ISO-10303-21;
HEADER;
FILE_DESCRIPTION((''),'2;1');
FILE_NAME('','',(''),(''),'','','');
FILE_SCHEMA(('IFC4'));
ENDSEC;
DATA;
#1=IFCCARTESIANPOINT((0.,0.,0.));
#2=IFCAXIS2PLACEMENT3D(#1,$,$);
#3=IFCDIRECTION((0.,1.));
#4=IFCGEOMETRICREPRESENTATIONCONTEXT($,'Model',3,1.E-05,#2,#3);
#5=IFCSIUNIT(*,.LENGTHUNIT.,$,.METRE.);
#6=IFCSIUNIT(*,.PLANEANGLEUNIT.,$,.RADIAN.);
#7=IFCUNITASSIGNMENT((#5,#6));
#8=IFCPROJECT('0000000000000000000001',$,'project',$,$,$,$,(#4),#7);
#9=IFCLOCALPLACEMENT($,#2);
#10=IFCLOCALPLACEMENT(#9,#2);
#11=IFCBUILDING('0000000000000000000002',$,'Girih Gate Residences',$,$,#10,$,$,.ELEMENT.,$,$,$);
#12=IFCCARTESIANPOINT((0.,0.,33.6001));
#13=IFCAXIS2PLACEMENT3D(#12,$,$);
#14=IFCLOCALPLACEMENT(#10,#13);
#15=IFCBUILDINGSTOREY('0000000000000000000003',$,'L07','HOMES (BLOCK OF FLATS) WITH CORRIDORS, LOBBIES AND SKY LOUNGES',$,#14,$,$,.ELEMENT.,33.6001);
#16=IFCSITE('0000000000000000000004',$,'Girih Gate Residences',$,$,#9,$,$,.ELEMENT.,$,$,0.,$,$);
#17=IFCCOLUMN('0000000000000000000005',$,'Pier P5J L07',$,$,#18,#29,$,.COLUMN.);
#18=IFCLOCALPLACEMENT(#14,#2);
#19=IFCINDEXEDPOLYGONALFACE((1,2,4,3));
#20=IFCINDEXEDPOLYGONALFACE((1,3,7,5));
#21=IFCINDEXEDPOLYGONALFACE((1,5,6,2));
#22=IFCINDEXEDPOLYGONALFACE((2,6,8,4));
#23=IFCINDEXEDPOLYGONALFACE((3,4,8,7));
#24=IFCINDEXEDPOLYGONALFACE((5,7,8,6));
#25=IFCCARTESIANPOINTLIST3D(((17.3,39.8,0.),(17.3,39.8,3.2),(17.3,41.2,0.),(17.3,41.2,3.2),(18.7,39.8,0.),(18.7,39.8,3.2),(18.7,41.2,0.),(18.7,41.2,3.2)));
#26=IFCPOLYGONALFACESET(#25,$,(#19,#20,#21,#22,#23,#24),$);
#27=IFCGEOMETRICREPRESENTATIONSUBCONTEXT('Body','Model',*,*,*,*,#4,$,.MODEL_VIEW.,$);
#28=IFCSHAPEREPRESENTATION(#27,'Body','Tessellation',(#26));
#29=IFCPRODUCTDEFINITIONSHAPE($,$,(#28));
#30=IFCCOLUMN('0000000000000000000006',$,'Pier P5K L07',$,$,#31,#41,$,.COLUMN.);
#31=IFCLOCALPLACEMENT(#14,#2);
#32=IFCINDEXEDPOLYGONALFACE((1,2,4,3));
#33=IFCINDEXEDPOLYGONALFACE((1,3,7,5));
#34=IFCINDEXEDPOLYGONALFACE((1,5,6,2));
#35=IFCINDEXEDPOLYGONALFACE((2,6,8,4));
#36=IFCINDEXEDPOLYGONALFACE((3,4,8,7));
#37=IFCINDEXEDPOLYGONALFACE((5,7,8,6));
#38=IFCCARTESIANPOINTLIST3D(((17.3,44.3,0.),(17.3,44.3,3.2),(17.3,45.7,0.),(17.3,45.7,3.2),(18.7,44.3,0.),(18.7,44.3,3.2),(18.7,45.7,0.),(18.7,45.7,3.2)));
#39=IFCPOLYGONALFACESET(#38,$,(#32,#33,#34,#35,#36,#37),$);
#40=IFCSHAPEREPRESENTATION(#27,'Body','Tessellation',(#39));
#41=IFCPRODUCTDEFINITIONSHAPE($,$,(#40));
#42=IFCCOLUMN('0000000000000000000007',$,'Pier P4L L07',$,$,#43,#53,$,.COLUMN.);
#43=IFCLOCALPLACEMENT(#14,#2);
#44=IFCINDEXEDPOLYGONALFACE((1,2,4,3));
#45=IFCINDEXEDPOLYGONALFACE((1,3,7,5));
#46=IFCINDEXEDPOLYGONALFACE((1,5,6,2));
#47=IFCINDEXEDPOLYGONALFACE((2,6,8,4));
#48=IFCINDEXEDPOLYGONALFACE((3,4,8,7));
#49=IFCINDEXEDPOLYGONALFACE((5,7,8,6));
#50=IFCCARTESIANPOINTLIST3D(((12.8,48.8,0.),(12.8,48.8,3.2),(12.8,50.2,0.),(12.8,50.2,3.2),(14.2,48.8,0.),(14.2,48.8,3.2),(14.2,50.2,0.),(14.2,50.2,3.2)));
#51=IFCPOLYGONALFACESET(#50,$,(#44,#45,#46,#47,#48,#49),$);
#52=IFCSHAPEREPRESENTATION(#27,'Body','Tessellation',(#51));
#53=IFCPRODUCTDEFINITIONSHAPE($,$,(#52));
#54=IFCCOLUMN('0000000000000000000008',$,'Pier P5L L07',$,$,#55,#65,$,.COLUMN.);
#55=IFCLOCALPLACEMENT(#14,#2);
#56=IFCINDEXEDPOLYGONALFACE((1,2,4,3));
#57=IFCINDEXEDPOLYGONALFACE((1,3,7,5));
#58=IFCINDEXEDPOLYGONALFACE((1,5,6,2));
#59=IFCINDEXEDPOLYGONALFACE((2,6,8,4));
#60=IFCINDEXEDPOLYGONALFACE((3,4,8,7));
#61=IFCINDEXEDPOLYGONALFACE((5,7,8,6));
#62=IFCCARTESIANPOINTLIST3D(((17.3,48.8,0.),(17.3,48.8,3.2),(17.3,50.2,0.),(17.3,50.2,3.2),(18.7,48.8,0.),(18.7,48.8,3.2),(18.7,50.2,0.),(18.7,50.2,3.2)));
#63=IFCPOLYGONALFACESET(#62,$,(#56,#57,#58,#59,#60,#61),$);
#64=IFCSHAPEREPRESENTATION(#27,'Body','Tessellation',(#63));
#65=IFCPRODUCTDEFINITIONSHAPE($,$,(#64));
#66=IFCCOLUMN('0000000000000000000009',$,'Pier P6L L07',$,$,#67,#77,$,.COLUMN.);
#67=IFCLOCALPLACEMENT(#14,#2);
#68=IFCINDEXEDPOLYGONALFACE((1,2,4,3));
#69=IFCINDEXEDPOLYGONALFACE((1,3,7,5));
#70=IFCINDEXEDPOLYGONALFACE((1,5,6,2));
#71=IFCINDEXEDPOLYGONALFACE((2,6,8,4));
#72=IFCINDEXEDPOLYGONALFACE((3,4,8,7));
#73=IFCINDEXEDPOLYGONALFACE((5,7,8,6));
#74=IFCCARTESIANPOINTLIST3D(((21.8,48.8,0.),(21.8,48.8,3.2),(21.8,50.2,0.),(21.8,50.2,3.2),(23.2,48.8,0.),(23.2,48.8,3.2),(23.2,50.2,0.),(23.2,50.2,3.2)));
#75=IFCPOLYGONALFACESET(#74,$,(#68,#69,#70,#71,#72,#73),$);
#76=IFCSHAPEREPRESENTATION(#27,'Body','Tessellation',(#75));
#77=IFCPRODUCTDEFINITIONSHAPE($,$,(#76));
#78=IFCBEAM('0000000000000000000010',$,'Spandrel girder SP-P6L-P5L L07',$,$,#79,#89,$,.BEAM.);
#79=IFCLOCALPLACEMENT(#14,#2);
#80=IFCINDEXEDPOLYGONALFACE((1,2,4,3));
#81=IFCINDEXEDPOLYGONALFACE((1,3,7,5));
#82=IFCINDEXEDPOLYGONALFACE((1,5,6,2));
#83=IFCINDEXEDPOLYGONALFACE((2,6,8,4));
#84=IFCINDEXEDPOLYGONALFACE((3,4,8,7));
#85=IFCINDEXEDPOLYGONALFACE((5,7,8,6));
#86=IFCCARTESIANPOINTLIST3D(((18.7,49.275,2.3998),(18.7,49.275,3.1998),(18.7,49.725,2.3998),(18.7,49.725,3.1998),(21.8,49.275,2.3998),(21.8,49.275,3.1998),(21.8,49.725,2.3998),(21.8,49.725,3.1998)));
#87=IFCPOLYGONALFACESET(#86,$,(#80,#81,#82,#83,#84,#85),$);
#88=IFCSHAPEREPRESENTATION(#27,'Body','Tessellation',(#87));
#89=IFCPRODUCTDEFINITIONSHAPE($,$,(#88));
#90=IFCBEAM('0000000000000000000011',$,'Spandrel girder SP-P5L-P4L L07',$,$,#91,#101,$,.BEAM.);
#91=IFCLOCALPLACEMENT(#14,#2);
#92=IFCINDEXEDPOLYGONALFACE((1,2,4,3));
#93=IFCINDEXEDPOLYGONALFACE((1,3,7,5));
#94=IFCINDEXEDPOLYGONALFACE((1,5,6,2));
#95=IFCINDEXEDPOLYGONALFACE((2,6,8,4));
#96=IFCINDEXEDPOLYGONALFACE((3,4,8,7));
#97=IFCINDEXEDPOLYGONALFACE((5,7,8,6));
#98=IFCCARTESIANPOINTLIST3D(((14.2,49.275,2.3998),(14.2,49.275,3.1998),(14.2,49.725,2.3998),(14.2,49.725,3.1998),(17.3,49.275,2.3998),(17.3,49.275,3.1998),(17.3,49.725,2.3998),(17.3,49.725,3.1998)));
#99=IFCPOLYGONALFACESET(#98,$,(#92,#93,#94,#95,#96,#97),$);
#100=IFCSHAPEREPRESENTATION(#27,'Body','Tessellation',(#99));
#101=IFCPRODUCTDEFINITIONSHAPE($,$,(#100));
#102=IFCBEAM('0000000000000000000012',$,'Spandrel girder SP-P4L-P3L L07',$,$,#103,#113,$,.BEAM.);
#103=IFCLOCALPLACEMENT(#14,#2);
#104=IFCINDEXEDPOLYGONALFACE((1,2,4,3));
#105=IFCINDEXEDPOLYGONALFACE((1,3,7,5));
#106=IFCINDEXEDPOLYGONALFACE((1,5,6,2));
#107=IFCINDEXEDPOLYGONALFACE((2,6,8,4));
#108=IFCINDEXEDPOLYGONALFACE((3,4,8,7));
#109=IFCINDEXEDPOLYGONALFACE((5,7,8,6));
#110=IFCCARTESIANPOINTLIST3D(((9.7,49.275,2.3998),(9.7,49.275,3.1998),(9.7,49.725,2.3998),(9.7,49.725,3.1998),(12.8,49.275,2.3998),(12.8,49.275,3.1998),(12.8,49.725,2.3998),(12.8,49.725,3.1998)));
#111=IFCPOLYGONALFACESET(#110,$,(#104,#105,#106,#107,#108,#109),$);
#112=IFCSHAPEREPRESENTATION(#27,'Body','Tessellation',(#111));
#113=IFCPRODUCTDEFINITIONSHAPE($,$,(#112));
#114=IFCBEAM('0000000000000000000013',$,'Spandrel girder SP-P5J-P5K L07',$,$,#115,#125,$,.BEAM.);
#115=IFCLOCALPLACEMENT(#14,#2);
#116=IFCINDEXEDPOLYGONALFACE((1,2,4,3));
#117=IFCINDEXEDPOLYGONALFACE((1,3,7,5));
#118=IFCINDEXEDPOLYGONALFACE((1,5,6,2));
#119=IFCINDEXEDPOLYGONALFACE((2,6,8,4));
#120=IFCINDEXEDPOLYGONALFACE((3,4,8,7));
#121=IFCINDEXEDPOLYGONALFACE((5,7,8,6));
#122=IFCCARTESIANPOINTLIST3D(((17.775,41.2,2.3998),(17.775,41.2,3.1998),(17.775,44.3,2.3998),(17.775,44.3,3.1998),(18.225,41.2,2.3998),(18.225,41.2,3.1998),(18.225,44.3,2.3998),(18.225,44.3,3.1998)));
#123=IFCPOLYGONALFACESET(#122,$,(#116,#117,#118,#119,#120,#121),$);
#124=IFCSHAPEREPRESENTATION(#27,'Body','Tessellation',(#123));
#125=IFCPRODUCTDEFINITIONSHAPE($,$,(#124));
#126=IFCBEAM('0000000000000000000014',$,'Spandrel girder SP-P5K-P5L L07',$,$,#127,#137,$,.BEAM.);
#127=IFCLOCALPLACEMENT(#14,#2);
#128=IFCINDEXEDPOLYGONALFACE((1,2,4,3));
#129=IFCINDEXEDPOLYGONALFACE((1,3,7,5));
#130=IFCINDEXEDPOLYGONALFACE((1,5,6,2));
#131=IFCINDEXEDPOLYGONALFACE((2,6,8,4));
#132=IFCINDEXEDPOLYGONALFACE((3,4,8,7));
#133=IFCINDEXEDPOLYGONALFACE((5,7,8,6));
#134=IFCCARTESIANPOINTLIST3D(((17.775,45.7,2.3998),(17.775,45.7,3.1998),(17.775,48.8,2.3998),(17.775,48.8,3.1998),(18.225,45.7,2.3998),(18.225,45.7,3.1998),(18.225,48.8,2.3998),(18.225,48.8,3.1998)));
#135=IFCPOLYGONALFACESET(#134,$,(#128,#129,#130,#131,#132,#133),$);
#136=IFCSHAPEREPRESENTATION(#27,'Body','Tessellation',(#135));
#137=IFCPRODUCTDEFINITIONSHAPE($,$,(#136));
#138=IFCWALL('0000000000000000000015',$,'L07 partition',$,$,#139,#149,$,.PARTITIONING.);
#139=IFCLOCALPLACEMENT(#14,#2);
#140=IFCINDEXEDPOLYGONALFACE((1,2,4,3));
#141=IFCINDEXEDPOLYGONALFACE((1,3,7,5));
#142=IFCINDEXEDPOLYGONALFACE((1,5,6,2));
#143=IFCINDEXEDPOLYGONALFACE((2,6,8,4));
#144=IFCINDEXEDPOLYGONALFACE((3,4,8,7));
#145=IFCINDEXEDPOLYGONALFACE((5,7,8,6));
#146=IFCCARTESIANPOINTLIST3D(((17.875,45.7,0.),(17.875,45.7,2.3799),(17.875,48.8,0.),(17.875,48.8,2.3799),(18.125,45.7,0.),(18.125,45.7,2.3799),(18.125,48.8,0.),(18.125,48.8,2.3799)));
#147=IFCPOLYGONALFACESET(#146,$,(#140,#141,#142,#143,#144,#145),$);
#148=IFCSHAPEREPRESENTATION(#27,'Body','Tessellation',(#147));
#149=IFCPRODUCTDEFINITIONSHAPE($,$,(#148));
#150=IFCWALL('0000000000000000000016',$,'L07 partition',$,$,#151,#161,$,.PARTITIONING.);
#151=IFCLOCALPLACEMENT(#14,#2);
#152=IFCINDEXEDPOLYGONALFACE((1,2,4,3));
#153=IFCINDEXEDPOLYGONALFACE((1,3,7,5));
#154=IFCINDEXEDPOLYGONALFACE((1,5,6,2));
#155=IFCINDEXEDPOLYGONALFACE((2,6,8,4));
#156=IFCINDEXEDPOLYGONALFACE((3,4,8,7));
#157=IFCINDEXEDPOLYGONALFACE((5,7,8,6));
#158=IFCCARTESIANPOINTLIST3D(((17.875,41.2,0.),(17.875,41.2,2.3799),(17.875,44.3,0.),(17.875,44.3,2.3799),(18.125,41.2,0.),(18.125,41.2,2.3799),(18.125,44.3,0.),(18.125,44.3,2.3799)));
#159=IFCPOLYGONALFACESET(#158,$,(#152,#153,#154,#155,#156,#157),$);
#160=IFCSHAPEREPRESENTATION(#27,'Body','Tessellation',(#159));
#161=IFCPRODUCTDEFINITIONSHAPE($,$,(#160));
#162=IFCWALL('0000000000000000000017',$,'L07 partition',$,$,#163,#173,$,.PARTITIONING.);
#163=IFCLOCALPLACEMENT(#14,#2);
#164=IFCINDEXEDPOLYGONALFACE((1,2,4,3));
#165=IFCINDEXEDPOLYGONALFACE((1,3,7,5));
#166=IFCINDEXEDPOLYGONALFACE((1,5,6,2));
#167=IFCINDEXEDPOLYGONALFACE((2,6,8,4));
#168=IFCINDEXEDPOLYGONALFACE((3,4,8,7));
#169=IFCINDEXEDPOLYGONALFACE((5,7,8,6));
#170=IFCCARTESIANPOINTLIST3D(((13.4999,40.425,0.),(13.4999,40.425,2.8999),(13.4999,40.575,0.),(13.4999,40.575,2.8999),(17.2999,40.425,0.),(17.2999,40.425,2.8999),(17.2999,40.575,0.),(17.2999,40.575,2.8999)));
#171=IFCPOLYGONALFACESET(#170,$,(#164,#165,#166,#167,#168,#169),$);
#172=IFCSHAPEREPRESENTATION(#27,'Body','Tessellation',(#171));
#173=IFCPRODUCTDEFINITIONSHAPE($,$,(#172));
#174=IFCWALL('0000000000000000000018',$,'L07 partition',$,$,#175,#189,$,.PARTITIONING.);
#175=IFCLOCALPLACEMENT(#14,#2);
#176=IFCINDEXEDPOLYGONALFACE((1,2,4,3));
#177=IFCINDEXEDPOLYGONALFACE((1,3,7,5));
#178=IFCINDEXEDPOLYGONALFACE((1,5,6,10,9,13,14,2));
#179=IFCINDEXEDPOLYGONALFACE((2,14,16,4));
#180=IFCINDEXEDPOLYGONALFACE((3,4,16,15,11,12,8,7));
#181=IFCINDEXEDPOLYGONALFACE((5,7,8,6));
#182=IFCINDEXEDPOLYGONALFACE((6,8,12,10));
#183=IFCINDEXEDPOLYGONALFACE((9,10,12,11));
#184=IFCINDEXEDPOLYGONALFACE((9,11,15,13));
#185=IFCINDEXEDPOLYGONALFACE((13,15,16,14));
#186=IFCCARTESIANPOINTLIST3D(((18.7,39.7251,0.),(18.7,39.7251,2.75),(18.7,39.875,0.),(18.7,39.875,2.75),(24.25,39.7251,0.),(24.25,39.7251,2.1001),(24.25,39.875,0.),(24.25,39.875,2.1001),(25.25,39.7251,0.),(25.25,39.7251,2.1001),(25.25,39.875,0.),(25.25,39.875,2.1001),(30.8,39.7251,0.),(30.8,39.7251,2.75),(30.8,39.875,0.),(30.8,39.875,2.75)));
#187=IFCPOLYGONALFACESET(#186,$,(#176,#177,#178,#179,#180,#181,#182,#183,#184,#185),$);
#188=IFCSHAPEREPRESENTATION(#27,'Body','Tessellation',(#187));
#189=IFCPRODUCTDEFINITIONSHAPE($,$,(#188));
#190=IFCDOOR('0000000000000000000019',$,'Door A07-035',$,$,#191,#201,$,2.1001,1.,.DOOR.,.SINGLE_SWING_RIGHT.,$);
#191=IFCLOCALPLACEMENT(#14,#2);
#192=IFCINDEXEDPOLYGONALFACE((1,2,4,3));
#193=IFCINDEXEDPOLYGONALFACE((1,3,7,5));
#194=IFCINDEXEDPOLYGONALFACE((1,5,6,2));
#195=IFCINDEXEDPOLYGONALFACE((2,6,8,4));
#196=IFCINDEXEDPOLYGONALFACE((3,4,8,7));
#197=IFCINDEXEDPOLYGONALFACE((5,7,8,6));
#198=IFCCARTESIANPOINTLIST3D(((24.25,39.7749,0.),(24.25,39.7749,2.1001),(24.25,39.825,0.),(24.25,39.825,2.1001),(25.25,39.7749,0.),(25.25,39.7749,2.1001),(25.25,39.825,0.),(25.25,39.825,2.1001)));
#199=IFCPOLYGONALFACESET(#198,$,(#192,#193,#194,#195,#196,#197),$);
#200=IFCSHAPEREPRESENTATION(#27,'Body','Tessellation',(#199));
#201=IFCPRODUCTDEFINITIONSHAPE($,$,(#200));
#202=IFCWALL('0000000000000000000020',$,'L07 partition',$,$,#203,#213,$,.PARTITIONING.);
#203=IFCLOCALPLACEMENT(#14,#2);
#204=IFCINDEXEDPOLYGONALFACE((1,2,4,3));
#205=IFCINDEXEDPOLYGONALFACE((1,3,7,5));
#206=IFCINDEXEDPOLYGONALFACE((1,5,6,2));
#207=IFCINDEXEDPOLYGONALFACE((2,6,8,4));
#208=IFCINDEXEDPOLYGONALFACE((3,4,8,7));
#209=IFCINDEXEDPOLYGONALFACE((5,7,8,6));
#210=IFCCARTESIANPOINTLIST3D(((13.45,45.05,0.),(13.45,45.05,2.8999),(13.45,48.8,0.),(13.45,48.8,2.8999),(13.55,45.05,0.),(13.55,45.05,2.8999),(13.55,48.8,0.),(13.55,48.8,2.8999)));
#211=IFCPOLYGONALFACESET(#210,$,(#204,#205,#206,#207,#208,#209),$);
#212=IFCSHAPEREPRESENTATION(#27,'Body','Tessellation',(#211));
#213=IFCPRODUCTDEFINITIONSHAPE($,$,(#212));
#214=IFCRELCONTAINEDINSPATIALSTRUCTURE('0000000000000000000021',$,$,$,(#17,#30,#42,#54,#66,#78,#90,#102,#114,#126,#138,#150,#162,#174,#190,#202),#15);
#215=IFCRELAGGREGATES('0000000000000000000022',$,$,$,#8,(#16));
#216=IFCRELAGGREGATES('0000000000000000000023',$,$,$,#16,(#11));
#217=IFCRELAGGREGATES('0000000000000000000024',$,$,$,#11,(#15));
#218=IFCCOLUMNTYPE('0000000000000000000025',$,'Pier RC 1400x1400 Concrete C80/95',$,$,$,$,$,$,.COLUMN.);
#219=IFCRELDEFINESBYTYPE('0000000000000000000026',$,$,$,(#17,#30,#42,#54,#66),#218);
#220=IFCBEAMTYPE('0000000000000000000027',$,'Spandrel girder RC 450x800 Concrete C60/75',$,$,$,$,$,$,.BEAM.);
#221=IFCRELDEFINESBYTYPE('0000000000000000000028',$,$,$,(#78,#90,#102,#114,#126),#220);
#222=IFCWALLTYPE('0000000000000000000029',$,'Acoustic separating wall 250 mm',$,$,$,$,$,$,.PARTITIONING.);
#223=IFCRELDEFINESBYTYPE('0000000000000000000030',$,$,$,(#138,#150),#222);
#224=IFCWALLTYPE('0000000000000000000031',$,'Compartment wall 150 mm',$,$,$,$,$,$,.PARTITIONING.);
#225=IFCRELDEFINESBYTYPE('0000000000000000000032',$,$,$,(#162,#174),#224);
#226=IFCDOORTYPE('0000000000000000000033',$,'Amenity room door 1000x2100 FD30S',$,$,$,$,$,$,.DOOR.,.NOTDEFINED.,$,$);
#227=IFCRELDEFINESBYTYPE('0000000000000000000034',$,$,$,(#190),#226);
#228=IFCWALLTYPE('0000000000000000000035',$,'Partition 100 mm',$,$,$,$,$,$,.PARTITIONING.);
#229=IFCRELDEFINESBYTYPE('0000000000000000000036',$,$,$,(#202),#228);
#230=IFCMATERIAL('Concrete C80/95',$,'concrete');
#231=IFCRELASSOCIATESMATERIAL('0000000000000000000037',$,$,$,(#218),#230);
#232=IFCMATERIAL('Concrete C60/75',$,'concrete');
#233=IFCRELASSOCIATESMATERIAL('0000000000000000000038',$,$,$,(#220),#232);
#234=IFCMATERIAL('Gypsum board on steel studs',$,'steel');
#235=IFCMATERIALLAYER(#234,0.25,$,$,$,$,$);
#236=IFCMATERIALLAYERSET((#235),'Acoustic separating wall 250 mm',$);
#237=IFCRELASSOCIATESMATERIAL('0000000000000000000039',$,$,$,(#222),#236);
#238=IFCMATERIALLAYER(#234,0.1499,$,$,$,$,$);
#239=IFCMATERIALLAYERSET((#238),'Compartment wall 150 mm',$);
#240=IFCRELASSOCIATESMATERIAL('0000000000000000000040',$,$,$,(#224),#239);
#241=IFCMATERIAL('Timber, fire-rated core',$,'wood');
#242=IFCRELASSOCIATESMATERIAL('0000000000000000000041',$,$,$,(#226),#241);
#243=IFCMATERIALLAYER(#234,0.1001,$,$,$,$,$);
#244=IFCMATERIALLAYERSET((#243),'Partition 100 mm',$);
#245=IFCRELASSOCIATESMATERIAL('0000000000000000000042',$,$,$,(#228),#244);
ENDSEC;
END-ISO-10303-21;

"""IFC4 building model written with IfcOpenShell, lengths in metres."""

from ifc_helpers import new_model, si_unit, direction, frame, frame_2d, origin, origin_2d, place, context, subcontext, project, spatial, rectangle, extrude, material, layer, layer_set, material_profile, profile_set, type_object, element, fill, save


model = new_model("IFC4")

# Units and contexts
model_context = context("Model", 3, precision=1e-05, world=origin(), true_north=direction((0.0, 1.0)))
body_context = subcontext(model_context, "Body", "Model", "MODEL_VIEW")
ifc_project = project(units=[si_unit("LENGTHUNIT", "METRE"), si_unit("PLANEANGLEUNIT", "RADIAN")], contexts=[model_context])

# Site, building, storey
site_placement = place(None, origin())
site = spatial("IfcSite", under=ifc_project, at=site_placement, Name="Girih Gate Residences", CompositionType="ELEMENT", RefElevation=0.0)
building_placement = place(site_placement, origin())
building = spatial("IfcBuilding", under=site, at=building_placement, Name="Girih Gate Residences", CompositionType="ELEMENT")
storey_placement = place(building_placement, frame((0.0, 0.0, 33.6001)))
storey = spatial("IfcBuildingStorey", under=building, at=storey_placement, Name="L07", Description="HOMES (BLOCK OF FLATS) WITH CORRIDORS, LOBBIES AND SKY LOUNGES", CompositionType="ELEMENT", Elevation=33.6001)

# Columns
ifc_material_1 = material(Name="Concrete C80/95", Category="concrete")
ifc_material_profile_1 = material_profile(ifc_material_1, rectangle(XDim=1.3999, YDim=1.3999, at=origin_2d()))
ifc_profile_set_1 = profile_set([ifc_material_profile_1], Name="Concrete C80/95")
column_type = type_object("IfcColumnType", Name="Pier RC 1400x1400 Concrete C80/95", PredefinedType="COLUMN", material=ifc_profile_set_1)
for number, where, z_axis, x_axis, name in (
    (1, (18.0, 40.5, 0.0), (0.0, 0.0, 1.0), (1.0, 0.0, 0.0), "Pier P5J L07"),
    (2, (18.0, 45.0, 0.0), (0.0, 0.0, 1.0), (1.0, 0.0, 0.0), "Pier P5K L07"),
    (3, (13.5, 49.5, 0.0), (0.0, 0.0, 1.0), (1.0, 0.0, 0.0), "Pier P4L L07"),
    (4, (18.0, 49.5, 0.0), (0.0, 0.0, 1.0), (1.0, 0.0, 0.0), "Pier P5L L07"),
    (5, (22.5, 49.5, 0.0), (0.0, 0.0, 1.0), (1.0, 0.0, 0.0), "Pier P6L L07"),
):
    element("IfcColumn", number, at=place(storey_placement, frame(where, z_axis=z_axis, x_axis=x_axis)), inside=storey, type_object=column_type, Name=name, PredefinedType="COLUMN", context=body_context, shape_type="SweptSolid", body=[
        extrude(rectangle(XDim=1.3999, YDim=1.3999, at=origin_2d()), origin(), (0.0, 0.0, 1.0), 3.2),
    ])

# Beams
ifc_material_2 = material(Name="Concrete C60/75", Category="concrete")
ifc_material_profile_2 = material_profile(ifc_material_2, rectangle(XDim=0.45, YDim=0.8, at=origin_2d()))
ifc_profile_set_2 = profile_set([ifc_material_profile_2], Name="Concrete C60/75")
beam_type = type_object("IfcBeamType", Name="Spandrel girder RC 450x800 Concrete C60/75", PredefinedType="BEAM", material=ifc_profile_set_2)
for number, where, z_axis, x_axis, name in (
    (6, (21.8, 49.5, 2.7998), (-1.0, 0.0, 0.0), (0.0, -1.0, 0.0), "Spandrel girder SP-P6L-P5L L07"),
    (7, (17.3, 49.5, 2.7998), (-1.0, 0.0, 0.0), (0.0, -1.0, 0.0), "Spandrel girder SP-P5L-P4L L07"),
    (8, (12.8, 49.5, 2.7998), (-1.0, 0.0, 0.0), (0.0, -1.0, 0.0), "Spandrel girder SP-P4L-P3L L07"),
    (9, (18.0, 41.2, 2.7998), (0.0, 1.0, 0.0), (-1.0, 0.0, 0.0), "Spandrel girder SP-P5J-P5K L07"),
    (10, (18.0, 45.7, 2.7998), (0.0, 1.0, 0.0), (-1.0, 0.0, 0.0), "Spandrel girder SP-P5K-P5L L07"),
):
    element("IfcBeam", number, at=place(storey_placement, frame(where, z_axis=z_axis, x_axis=x_axis)), inside=storey, type_object=beam_type, Name=name, PredefinedType="BEAM", context=body_context, shape_type="SweptSolid", body=[
        extrude(rectangle(XDim=0.45, YDim=0.8, at=origin_2d()), origin(), (0.0, 0.0, 1.0), 3.1001),
    ])

# Walls
ifc_material_3 = material(Name="Gypsum board on steel studs", Category="steel")
ifc_layer_1 = layer(ifc_material_3, 0.25)
ifc_layer_set_1 = layer_set([ifc_layer_1], Name="Acoustic separating wall 250 mm")
wall_type_1 = type_object("IfcWallType", Name="Acoustic separating wall 250 mm", PredefinedType="PARTITIONING", material=ifc_layer_set_1)
for number, where, z_axis, x_axis, name in (
    (11, (18.0, 45.7, 0.0), (0.0, 0.0, 1.0), (0.0, 1.0, 0.0), "L07 partition"),
    (12, (18.0, 41.2, 0.0), (0.0, 0.0, 1.0), (0.0, 1.0, 0.0), "L07 partition"),
):
    element("IfcWall", number, at=place(storey_placement, frame(where, z_axis=z_axis, x_axis=x_axis)), inside=storey, type_object=wall_type_1, Name=name, PredefinedType="PARTITIONING", context=body_context, shape_type="SweptSolid", body=[
        extrude(rectangle(XDim=3.1001, YDim=0.25, at=frame_2d((1.55, 0.0))), origin(), (0.0, 0.0, 1.0), 2.3799),
    ])
ifc_layer_2 = layer(ifc_material_3, 0.1499)
ifc_layer_set_2 = layer_set([ifc_layer_2], Name="Compartment wall 150 mm")
wall_type_2 = type_object("IfcWallType", Name="Compartment wall 150 mm", PredefinedType="PARTITIONING", material=ifc_layer_set_2)
wall_1_placement = place(storey_placement, frame((13.5, 40.5, 0.0), z_axis=(0.0, 0.0, 1.0), x_axis=(1.0, 0.0, 0.0)))
element("IfcWall", 13, at=wall_1_placement, inside=storey, type_object=wall_type_2, Name="L07 partition", PredefinedType="PARTITIONING", context=body_context, shape_type="SweptSolid", body=[
    extrude(rectangle(XDim=3.8, YDim=0.1499, at=frame_2d((1.8999, 0.0))), origin(), (0.0, 0.0, 1.0), 2.8999),
])

# Wall, opening, door
wall_2_placement = place(storey_placement, frame((18.7, 39.8, 0.0), z_axis=(0.0, 0.0, 1.0), x_axis=(1.0, 0.0, 0.0)))
wall_2 = element("IfcWall", 14, at=wall_2_placement, inside=storey, type_object=wall_type_2, Name="L07 partition", PredefinedType="PARTITIONING", context=body_context, shape_type="SweptSolid", body=[
    extrude(rectangle(XDim=12.1001, YDim=0.1499, at=frame_2d((6.05, 0.0))), origin(), (0.0, 0.0, 1.0), 2.75),
])
opening_1_placement = place(wall_2_placement, frame((5.55, 0.0, 0.0)))
opening_1 = element("IfcOpeningElement", 15, at=opening_1_placement, cuts=wall_2, PredefinedType="OPENING", context=body_context, shape_type="SweptSolid", body=[
    extrude(rectangle(XDim=1.0, YDim=2.1001, at=frame_2d((0.5, 1.05))), frame((0.0, 0.085, 0.0), z_axis=(0.0, -1.0, 0.0), x_axis=(1.0, 0.0, 0.0)), (0.0, 0.0, 1.0), 0.1699),
])
ifc_material_4 = material(Name="Timber, fire-rated core", Category="wood")
door_type_1 = type_object("IfcDoorType", Name="Amenity room door 1000x2100 FD30S", OperationType="NOTDEFINED", PredefinedType="DOOR", material=ifc_material_4)
door_1_placement = place(opening_1_placement, origin())
door_1 = element("IfcDoor", 16, at=door_1_placement, inside=storey, type_object=door_type_1, Name="Door A07-035", OperationType="SINGLE_SWING_RIGHT", OverallHeight=2.1001, OverallWidth=1.0, PredefinedType="DOOR", context=body_context, shape_type="SweptSolid", body=[
    extrude(rectangle(XDim=1.0, YDim=2.1001, at=frame_2d((0.5, 1.05))), frame((0.0, 0.0249, 0.0), z_axis=(0.0, -1.0, 0.0), x_axis=(1.0, 0.0, 0.0)), (0.0, 0.0, 1.0), 0.05),
])
fill(opening_1, door_1)

# Wall
ifc_layer_3 = layer(ifc_material_3, 0.1001)
ifc_layer_set_3 = layer_set([ifc_layer_3], Name="Partition 100 mm")
wall_type_3 = type_object("IfcWallType", Name="Partition 100 mm", PredefinedType="PARTITIONING", material=ifc_layer_set_3)
wall_3_placement = place(storey_placement, frame((13.5, 45.05, 0.0), z_axis=(0.0, 0.0, 1.0), x_axis=(0.0, 1.0, 0.0)))
element("IfcWall", 17, at=wall_3_placement, inside=storey, type_object=wall_type_3, Name="L07 partition", PredefinedType="PARTITIONING", context=body_context, shape_type="SweptSolid", body=[
    extrude(rectangle(XDim=3.75, YDim=0.1001, at=frame_2d((1.875, 0.0))), origin(), (0.0, 0.0, 1.0), 2.8999),
])

save(model, "model.ifc")
